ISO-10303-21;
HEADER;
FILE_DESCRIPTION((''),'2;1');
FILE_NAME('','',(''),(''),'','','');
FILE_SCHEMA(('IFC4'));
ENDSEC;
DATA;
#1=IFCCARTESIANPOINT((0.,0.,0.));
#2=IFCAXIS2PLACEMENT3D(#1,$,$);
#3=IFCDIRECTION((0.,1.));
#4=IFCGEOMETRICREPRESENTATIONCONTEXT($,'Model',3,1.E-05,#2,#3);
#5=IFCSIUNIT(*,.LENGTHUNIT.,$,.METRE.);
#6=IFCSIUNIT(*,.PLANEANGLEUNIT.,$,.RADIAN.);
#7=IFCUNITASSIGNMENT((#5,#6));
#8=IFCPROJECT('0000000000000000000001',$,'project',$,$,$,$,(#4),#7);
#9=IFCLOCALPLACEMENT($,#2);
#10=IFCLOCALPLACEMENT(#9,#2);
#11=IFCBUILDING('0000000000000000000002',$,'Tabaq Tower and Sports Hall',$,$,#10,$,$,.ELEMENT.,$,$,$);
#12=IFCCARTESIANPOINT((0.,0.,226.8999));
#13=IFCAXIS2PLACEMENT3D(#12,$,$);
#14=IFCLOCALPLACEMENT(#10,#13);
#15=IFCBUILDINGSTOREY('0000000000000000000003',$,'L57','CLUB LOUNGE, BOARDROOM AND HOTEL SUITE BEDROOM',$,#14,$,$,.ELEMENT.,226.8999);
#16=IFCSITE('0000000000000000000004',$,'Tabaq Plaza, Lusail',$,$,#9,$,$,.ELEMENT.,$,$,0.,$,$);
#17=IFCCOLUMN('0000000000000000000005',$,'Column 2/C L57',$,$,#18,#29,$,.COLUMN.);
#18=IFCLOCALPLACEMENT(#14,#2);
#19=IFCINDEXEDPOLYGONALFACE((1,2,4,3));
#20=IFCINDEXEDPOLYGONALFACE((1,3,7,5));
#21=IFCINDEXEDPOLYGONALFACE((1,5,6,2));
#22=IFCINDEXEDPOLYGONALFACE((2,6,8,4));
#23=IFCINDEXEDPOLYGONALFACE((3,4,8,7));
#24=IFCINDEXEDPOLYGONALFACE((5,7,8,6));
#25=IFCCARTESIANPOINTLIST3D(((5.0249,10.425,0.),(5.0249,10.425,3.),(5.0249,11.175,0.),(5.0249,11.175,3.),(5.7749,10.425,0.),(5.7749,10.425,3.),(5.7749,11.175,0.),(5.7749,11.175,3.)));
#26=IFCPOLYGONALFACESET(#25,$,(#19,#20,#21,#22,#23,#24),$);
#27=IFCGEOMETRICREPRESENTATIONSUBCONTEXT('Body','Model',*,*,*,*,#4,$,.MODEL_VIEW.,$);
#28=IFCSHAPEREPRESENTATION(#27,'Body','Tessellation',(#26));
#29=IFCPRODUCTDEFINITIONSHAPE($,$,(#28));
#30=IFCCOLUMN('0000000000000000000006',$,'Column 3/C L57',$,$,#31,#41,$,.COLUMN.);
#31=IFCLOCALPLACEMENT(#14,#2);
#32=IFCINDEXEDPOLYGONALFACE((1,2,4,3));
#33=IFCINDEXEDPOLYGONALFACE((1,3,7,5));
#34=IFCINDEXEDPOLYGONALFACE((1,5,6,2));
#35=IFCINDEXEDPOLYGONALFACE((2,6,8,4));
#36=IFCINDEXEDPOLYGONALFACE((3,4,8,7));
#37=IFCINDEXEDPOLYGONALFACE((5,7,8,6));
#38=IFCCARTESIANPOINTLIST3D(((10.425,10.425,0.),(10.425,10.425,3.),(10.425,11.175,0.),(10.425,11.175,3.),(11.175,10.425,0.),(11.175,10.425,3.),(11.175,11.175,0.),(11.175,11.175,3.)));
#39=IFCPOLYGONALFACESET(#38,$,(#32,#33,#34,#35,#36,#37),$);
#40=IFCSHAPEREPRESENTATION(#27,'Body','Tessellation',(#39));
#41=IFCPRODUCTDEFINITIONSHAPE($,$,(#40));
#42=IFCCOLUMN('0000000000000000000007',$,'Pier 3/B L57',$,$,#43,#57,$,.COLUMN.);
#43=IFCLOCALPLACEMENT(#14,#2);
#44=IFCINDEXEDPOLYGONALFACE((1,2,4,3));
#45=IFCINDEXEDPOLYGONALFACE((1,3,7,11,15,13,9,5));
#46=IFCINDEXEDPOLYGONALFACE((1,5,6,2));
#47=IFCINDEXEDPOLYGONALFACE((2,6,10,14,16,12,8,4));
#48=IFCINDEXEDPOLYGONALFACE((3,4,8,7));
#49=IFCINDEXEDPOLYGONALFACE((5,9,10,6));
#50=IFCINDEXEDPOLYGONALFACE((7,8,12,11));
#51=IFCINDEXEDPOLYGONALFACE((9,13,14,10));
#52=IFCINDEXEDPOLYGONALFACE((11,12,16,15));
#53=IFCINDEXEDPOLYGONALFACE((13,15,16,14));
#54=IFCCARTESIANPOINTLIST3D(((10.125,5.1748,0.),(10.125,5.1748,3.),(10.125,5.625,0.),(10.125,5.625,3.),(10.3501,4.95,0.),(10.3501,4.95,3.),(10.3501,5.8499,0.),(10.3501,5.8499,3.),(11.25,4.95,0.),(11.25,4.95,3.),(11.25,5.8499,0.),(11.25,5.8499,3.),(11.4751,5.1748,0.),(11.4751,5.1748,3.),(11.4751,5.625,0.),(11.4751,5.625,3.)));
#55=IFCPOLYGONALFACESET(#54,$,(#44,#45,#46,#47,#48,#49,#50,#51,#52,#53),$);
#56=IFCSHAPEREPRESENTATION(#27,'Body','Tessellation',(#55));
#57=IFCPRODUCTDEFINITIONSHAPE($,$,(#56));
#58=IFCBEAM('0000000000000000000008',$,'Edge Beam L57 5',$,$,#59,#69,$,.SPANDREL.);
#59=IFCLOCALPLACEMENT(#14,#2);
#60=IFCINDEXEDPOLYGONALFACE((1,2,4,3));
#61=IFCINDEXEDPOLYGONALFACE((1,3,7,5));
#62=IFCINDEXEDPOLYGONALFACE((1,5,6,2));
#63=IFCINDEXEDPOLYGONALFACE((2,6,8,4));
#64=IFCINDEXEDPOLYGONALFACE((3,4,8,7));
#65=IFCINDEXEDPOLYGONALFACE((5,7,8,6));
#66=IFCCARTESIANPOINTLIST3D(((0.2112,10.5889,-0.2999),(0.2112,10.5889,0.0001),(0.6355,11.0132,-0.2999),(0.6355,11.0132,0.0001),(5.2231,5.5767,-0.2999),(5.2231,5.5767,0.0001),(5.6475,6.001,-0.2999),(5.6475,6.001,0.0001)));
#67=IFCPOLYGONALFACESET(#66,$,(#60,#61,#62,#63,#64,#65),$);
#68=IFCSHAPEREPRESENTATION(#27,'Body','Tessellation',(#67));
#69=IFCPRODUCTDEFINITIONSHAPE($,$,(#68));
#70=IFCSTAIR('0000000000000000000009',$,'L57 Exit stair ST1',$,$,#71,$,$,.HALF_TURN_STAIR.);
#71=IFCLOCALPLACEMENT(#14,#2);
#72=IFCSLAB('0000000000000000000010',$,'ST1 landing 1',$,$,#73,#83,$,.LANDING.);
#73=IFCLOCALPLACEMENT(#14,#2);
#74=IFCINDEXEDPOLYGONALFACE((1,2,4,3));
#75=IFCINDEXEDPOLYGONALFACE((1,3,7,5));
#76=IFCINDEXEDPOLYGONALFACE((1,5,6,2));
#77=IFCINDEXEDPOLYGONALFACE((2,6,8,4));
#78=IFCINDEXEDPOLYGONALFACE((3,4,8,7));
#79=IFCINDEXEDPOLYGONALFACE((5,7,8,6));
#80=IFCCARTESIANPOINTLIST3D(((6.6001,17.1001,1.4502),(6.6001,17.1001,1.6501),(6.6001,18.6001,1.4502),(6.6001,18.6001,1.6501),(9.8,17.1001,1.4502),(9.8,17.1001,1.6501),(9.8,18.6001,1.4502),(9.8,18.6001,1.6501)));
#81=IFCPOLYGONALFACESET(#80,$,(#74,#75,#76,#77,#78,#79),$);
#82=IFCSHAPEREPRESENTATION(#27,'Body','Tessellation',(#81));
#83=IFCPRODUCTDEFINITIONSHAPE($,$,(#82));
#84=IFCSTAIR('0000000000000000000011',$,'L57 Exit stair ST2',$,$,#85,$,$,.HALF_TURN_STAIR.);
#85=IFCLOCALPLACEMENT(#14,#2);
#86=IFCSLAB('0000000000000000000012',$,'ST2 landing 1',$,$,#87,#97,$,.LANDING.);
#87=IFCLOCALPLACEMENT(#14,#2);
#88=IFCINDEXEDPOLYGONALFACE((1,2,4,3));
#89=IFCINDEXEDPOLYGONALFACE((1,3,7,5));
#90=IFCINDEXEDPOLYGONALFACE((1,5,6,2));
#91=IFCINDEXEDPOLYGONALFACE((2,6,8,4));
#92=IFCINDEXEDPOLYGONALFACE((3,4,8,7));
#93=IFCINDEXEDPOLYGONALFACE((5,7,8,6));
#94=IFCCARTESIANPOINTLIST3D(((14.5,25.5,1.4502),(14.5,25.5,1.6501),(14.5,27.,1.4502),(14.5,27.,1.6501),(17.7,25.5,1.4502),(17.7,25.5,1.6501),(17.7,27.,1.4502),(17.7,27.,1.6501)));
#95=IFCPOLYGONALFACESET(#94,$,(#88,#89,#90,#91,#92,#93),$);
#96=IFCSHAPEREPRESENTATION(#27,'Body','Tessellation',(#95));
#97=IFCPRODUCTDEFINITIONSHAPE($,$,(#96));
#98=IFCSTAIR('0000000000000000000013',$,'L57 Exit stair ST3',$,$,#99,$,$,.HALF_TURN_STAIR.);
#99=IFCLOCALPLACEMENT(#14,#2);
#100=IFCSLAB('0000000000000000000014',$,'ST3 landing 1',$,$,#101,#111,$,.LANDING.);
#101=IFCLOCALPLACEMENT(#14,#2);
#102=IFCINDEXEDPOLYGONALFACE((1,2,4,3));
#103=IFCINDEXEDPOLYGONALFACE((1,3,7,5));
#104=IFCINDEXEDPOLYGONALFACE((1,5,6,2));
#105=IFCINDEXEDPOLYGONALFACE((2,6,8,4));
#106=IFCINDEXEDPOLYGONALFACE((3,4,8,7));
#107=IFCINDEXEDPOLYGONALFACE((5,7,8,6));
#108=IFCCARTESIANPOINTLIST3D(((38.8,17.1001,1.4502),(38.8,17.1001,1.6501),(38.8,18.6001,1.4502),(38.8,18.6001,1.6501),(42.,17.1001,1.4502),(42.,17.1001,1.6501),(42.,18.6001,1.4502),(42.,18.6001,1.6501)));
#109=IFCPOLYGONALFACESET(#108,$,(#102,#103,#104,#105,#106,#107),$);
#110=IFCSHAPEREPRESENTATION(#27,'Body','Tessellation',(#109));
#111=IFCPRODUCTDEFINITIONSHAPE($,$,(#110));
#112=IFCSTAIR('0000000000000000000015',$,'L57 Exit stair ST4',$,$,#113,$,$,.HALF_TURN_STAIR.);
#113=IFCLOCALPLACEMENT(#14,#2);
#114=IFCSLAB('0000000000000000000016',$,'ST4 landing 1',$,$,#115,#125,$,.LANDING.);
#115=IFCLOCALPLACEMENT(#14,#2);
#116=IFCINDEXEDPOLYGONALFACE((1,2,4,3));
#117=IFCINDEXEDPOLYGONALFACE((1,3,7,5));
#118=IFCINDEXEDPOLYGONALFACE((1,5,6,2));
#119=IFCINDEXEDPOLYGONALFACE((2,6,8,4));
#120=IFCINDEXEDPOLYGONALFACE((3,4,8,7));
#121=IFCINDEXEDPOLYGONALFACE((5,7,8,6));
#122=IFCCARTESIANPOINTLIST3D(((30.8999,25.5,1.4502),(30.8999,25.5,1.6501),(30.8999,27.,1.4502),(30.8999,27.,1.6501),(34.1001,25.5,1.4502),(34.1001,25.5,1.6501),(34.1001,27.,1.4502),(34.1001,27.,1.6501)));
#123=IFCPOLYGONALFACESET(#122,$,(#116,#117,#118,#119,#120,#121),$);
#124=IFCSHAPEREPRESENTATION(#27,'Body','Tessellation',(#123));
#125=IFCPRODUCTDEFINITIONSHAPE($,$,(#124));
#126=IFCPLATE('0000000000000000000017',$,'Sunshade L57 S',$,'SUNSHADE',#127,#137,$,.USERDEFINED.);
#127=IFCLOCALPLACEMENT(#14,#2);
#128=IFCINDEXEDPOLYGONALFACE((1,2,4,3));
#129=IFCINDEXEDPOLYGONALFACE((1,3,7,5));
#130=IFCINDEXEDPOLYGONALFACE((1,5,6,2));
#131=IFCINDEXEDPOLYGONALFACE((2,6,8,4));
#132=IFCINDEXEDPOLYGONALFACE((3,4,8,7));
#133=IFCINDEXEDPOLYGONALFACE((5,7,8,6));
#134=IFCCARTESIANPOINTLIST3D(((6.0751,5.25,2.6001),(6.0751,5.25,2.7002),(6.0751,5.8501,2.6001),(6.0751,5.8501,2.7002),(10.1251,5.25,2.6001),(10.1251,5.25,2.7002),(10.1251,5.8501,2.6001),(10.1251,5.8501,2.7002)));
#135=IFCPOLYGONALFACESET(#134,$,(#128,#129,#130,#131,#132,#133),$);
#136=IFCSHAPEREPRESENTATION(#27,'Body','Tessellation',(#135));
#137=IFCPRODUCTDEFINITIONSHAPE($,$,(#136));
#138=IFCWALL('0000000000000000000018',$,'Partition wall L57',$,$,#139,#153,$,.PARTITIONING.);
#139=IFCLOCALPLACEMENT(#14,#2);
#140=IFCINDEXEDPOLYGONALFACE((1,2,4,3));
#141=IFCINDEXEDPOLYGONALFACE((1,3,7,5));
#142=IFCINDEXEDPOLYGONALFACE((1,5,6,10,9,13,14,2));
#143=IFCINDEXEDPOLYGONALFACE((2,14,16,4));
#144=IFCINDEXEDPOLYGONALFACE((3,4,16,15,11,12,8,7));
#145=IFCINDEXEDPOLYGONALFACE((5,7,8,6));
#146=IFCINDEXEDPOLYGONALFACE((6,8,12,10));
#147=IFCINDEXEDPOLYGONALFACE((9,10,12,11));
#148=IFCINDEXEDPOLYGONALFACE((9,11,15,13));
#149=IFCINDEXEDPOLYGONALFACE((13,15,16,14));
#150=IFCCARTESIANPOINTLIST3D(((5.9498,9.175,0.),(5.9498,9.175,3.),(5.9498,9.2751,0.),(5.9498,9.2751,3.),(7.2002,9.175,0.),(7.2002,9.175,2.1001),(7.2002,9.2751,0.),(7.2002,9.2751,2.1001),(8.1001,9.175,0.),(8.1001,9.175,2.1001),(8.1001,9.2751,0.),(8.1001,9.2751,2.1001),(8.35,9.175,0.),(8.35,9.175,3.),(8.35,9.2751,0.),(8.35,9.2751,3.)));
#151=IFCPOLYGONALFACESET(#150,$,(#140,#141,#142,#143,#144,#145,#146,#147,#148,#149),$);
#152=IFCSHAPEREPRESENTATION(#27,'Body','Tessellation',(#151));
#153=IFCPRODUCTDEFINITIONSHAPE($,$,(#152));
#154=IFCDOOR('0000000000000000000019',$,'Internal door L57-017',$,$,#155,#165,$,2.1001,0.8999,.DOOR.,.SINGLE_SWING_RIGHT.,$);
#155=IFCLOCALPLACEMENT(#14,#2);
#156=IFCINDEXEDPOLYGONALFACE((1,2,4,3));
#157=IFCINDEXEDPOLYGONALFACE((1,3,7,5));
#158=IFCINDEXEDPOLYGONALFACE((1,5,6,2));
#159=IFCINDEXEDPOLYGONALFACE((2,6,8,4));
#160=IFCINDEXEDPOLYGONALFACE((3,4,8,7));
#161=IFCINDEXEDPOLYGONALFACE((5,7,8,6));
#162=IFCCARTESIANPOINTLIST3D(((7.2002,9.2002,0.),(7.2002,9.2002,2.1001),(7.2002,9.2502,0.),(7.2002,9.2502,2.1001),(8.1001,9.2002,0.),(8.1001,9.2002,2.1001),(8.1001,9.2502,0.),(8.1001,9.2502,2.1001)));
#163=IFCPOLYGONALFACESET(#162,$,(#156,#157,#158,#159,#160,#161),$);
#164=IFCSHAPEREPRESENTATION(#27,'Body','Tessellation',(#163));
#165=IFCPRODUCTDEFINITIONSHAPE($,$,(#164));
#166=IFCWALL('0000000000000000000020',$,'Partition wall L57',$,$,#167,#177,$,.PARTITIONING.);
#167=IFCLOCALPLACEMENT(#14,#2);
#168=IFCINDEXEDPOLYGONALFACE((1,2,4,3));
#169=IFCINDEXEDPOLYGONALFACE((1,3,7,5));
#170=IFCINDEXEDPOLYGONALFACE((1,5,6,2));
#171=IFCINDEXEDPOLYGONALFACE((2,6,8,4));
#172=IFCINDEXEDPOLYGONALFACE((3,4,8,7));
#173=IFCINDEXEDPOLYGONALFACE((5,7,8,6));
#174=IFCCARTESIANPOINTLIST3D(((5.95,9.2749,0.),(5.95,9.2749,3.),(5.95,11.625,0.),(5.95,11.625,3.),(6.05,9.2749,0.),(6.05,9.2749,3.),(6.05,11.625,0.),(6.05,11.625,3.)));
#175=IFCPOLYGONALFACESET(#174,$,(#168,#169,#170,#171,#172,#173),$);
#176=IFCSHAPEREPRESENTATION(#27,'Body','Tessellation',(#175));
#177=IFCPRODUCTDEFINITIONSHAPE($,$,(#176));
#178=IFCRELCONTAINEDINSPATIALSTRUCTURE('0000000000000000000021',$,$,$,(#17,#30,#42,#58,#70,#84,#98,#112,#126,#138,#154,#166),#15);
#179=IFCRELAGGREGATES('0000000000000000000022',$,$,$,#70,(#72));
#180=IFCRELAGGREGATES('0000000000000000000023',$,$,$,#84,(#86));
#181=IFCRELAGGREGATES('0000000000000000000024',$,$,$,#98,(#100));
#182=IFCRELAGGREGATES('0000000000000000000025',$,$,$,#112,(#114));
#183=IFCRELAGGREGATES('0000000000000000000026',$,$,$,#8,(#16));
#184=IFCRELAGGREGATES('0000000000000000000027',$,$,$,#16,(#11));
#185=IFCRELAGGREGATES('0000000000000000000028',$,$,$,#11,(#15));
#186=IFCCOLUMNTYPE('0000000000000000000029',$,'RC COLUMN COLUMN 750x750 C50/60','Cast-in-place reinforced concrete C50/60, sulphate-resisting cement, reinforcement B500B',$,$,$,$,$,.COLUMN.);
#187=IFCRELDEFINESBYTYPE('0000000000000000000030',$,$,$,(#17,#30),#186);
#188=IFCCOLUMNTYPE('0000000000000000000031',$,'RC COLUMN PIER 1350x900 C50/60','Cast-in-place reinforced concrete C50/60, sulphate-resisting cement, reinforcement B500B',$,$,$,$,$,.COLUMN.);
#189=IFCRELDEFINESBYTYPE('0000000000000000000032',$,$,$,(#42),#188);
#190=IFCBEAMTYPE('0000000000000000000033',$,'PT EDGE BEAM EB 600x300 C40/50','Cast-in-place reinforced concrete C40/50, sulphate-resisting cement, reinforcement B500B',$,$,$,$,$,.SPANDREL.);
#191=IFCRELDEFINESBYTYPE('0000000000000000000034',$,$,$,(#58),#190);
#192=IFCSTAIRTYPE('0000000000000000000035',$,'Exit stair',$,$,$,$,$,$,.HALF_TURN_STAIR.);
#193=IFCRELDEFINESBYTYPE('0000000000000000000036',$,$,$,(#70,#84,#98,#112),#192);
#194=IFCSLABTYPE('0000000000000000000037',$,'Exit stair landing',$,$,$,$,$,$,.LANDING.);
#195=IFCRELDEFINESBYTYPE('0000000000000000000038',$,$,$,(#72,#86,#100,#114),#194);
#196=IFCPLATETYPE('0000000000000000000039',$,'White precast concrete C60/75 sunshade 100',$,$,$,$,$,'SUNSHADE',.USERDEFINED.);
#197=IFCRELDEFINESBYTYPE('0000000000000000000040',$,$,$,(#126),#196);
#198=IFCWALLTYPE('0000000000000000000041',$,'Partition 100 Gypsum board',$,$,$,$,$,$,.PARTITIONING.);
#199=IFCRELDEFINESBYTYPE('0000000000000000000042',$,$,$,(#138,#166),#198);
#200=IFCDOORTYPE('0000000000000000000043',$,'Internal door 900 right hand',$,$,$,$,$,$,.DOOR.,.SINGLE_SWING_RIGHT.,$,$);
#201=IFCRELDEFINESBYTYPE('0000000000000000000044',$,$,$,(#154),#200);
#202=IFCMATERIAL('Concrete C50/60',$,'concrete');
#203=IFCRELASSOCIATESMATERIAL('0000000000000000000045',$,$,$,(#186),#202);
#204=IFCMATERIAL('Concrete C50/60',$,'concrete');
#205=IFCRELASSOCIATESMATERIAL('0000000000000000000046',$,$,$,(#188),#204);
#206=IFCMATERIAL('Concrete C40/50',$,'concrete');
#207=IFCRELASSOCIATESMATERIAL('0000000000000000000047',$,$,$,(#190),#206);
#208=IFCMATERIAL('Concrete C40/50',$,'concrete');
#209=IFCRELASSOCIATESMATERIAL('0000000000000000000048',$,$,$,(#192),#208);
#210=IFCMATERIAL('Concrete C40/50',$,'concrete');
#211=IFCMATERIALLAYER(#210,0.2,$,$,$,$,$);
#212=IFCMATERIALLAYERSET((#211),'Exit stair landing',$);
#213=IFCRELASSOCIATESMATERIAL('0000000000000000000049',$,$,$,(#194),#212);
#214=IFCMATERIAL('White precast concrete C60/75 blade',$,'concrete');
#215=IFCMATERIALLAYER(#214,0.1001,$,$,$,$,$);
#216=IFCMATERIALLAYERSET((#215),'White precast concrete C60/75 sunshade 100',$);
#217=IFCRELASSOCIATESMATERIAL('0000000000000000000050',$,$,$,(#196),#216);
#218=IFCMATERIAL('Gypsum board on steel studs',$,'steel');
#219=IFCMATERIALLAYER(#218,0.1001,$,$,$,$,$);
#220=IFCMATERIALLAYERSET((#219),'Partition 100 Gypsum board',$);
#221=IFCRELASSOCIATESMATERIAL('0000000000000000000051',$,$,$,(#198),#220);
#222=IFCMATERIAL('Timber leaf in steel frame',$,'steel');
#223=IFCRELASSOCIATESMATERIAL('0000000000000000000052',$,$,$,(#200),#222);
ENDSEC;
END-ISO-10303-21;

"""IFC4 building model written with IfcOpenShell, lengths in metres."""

from ifc_helpers import new_model, si_unit, direction, frame, frame_2d, origin, origin_2d, place, context, subcontext, project, spatial, polyline, rectangle, outline, extrude, material, layer, layer_set, material_profile, profile_set, type_object, element, fill, aggregate, save


model = new_model("IFC4")

# Units and contexts
model_context = context("Model", 3, precision=1e-05, world=origin(), true_north=direction((0.0, 1.0)))
body_context = subcontext(model_context, "Body", "Model", "MODEL_VIEW")
ifc_project = project(units=[si_unit("LENGTHUNIT", "METRE"), si_unit("PLANEANGLEUNIT", "RADIAN")], contexts=[model_context])

# Site, building, storey
site_placement = place(None, origin())
site = spatial("IfcSite", under=ifc_project, at=site_placement, Name="Tabaq Plaza, Lusail", CompositionType="ELEMENT", RefElevation=0.0)
building_placement = place(site_placement, origin())
building = spatial("IfcBuilding", under=site, at=building_placement, Name="Tabaq Tower and Sports Hall", CompositionType="ELEMENT")
storey_placement = place(building_placement, frame((0.0, 0.0, 226.8999)))
storey = spatial("IfcBuildingStorey", under=building, at=storey_placement, Name="L57", Description="CLUB LOUNGE, BOARDROOM AND HOTEL SUITE BEDROOM", CompositionType="ELEMENT", Elevation=226.8999)

# Columns
ifc_material_1 = material(Name="Concrete C50/60", Category="concrete")
ifc_material_profile_1 = material_profile(ifc_material_1, rectangle(XDim=0.75, YDim=0.75, at=origin_2d()), Name="COLUMN 750x750")
ifc_profile_set_1 = profile_set([ifc_material_profile_1], Name="Concrete C50/60")
column_type_1 = type_object("IfcColumnType", Name="RC COLUMN COLUMN 750x750 C50/60", Description="Cast-in-place reinforced concrete C50/60, sulphate-resisting cement, reinforcement B500B", PredefinedType="COLUMN", material=ifc_profile_set_1)
for number, where, z_axis, x_axis, name in (
    (1, (5.3999, 10.8, 0.0), (0.0, 0.0, 1.0), (1.0, 0.0, 0.0), "Column 2/C L57"),
    (2, (10.8, 10.8, 0.0), (0.0, 0.0, 1.0), (1.0, 0.0, 0.0), "Column 3/C L57"),
):
    element("IfcColumn", number, at=place(storey_placement, frame(where, z_axis=z_axis, x_axis=x_axis)), inside=storey, type_object=column_type_1, Name=name, PredefinedType="COLUMN", context=body_context, shape_type="SweptSolid", body=[
        extrude(rectangle(XDim=0.75, YDim=0.75, at=origin_2d()), origin(), (0.0, 0.0, 1.0), 3.0),
    ])
ifc_material_2 = material(Name="Concrete C50/60", Category="concrete")
ifc_material_profile_2 = material_profile(ifc_material_2, outline(polyline([(-0.45, -0.45), (0.45, -0.45), (0.675, -0.2251), (0.675, 0.2251), (0.45, 0.45), (-0.45, 0.45), (-0.675, 0.2251), (-0.675, -0.2251), (-0.45, -0.45)])), Name="PIER 1350x900")
ifc_profile_set_2 = profile_set([ifc_material_profile_2], Name="Concrete C50/60")
column_type_2 = type_object("IfcColumnType", Name="RC COLUMN PIER 1350x900 C50/60", Description="Cast-in-place reinforced concrete C50/60, sulphate-resisting cement, reinforcement B500B", PredefinedType="COLUMN", material=ifc_profile_set_2)
column_placement = place(storey_placement, frame((10.8, 5.3999, 0.0), z_axis=(0.0, 0.0, 1.0), x_axis=(1.0, 0.0, 0.0)))
element("IfcColumn", 3, at=column_placement, inside=storey, type_object=column_type_2, Name="Pier 3/B L57", PredefinedType="COLUMN", context=body_context, shape_type="SweptSolid", body=[
    extrude(outline(polyline([(-0.45, -0.45), (0.45, -0.45), (0.675, -0.2251), (0.675, 0.2251), (0.45, 0.45), (-0.45, 0.45), (-0.675, 0.2251), (-0.675, -0.2251), (-0.45, -0.45)])), origin(), (0.0, 0.0, 1.0), 3.0),
])

# Beam
ifc_material_3 = material(Name="Concrete C40/50", Category="concrete")
ifc_material_profile_3 = material_profile(ifc_material_3, rectangle(XDim=0.6001, YDim=0.3, at=origin_2d()), Name="EB 600x300")
ifc_profile_set_3 = profile_set([ifc_material_profile_3], Name="Concrete C40/50")
beam_type = type_object("IfcBeamType", Name="PT EDGE BEAM EB 600x300 C40/50", Description="Cast-in-place reinforced concrete C40/50, sulphate-resisting cement, reinforcement B500B", PredefinedType="SPANDREL", material=ifc_profile_set_3)
beam_placement = place(storey_placement, frame((0.4233, 10.801, -0.1499), z_axis=(0.70709, -0.707124, 0.0), x_axis=(0.707124, 0.70709, 0.0)))
element("IfcBeam", 4, at=beam_placement, inside=storey, type_object=beam_type, Name="Edge Beam L57 5", PredefinedType="SPANDREL", context=body_context, shape_type="SweptSolid", body=[
    extrude(rectangle(XDim=0.6001, YDim=0.3, at=origin_2d()), origin(), (0.0, 0.0, 1.0), 7.0881),
])

# Stairs, slabs
ifc_material_4 = material(Name="Concrete C40/50", Category="concrete")
stair_type = type_object("IfcStairType", Name="Exit stair", PredefinedType="HALF_TURN_STAIR", material=ifc_material_4)
stair_1_placement = place(storey_placement, origin())
stair_1 = element("IfcStair", 5, at=stair_1_placement, inside=storey, type_object=stair_type, Name="L57 Exit stair ST1", PredefinedType="HALF_TURN_STAIR")
ifc_material_5 = material(Name="Concrete C40/50", Category="concrete")
ifc_layer_1 = layer(ifc_material_5, 0.2)
ifc_layer_set_1 = layer_set([ifc_layer_1], Name="Exit stair landing")
slab_type = type_object("IfcSlabType", Name="Exit stair landing", PredefinedType="LANDING", material=ifc_layer_set_1)
slab_1_placement = place(storey_placement, frame((0.0, 0.0, 1.4502)))
slab_1 = element("IfcSlab", 6, at=slab_1_placement, type_object=slab_type, Name="ST1 landing 1", PredefinedType="LANDING", context=body_context, shape_type="SweptSolid", body=[
    extrude(outline(polyline([(6.6001, 18.6001), (6.6001, 17.1001), (9.8, 17.1001), (9.8, 18.6001), (6.6001, 18.6001)])), origin(), (0.0, 0.0, 1.0), 0.2),
])
aggregate(stair_1, [slab_1])
stair_2_placement = place(storey_placement, origin())
stair_2 = element("IfcStair", 7, at=stair_2_placement, inside=storey, type_object=stair_type, Name="L57 Exit stair ST2", PredefinedType="HALF_TURN_STAIR")
slab_2_placement = place(storey_placement, frame((0.0, 0.0, 1.4502)))
slab_2 = element("IfcSlab", 8, at=slab_2_placement, type_object=slab_type, Name="ST2 landing 1", PredefinedType="LANDING", context=body_context, shape_type="SweptSolid", body=[
    extrude(outline(polyline([(14.5, 27.0), (14.5, 25.5), (17.7, 25.5), (17.7, 27.0), (14.5, 27.0)])), origin(), (0.0, 0.0, 1.0), 0.2),
])
aggregate(stair_2, [slab_2])
stair_3_placement = place(storey_placement, origin())
stair_3 = element("IfcStair", 9, at=stair_3_placement, inside=storey, type_object=stair_type, Name="L57 Exit stair ST3", PredefinedType="HALF_TURN_STAIR")
slab_3_placement = place(storey_placement, frame((0.0, 0.0, 1.4502)))
slab_3 = element("IfcSlab", 10, at=slab_3_placement, type_object=slab_type, Name="ST3 landing 1", PredefinedType="LANDING", context=body_context, shape_type="SweptSolid", body=[
    extrude(outline(polyline([(38.8, 18.6001), (38.8, 17.1001), (42.0, 17.1001), (42.0, 18.6001), (38.8, 18.6001)])), origin(), (0.0, 0.0, 1.0), 0.2),
])
aggregate(stair_3, [slab_3])
stair_4_placement = place(storey_placement, origin())
stair_4 = element("IfcStair", 11, at=stair_4_placement, inside=storey, type_object=stair_type, Name="L57 Exit stair ST4", PredefinedType="HALF_TURN_STAIR")
slab_4_placement = place(storey_placement, frame((0.0, 0.0, 1.4502)))
slab_4 = element("IfcSlab", 12, at=slab_4_placement, type_object=slab_type, Name="ST4 landing 1", PredefinedType="LANDING", context=body_context, shape_type="SweptSolid", body=[
    extrude(outline(polyline([(30.8999, 27.0), (30.8999, 25.5), (34.1001, 25.5), (34.1001, 27.0), (30.8999, 27.0)])), origin(), (0.0, 0.0, 1.0), 0.2),
])
aggregate(stair_4, [slab_4])

# Plate
ifc_material_6 = material(Name="White precast concrete C60/75 blade", Category="concrete")
ifc_layer_2 = layer(ifc_material_6, 0.1001)
ifc_layer_set_2 = layer_set([ifc_layer_2], Name="White precast concrete C60/75 sunshade 100")
plate_type = type_object("IfcPlateType", Name="White precast concrete C60/75 sunshade 100", ElementType="SUNSHADE", PredefinedType="USERDEFINED", material=ifc_layer_set_2)
plate_placement = place(storey_placement, frame((8.1001, 5.55, 2.6001), z_axis=(0.0, 0.0, 1.0), x_axis=(1.0, 0.0, 0.0)))
element("IfcPlate", 13, at=plate_placement, inside=storey, type_object=plate_type, Name="Sunshade L57 S", ObjectType="SUNSHADE", PredefinedType="USERDEFINED", context=body_context, shape_type="SweptSolid", body=[
    extrude(rectangle(XDim=4.05, YDim=0.6001, at=origin_2d()), origin(), (0.0, 0.0, 1.0), 0.1001),
])

# Wall, opening, door
ifc_material_7 = material(Name="Gypsum board on steel studs", Category="steel")
ifc_layer_3 = layer(ifc_material_7, 0.1001)
ifc_layer_set_3 = layer_set([ifc_layer_3], Name="Partition 100 Gypsum board")
wall_type_1 = type_object("IfcWallType", Name="Partition 100 Gypsum board", PredefinedType="PARTITIONING", material=ifc_layer_set_3)
wall_1_placement = place(storey_placement, frame((8.3501, 9.2251, 0.0), z_axis=(0.0, 0.0, 1.0), x_axis=(-1.0, 0.0, 0.0)))
wall_1 = element("IfcWall", 14, at=wall_1_placement, inside=storey, type_object=wall_type_1, Name="Partition wall L57", PredefinedType="PARTITIONING", context=body_context, shape_type="SweptSolid", body=[
    extrude(rectangle(XDim=2.4001, YDim=0.1001, at=frame_2d((1.2002, 0.0))), origin(), (0.0, 0.0, 1.0), 3.0),
])
opening_1_placement = place(wall_1_placement, frame((0.25, 0.0, 0.0)))
opening_1 = element("IfcOpeningElement", 15, at=opening_1_placement, cuts=wall_1, PredefinedType="OPENING", context=body_context, shape_type="SweptSolid", body=[
    extrude(rectangle(XDim=0.8999, YDim=2.1001, at=frame_2d((0.45, 1.05))), frame((0.0, 0.05, 0.0), z_axis=(0.0, -1.0, 0.0), x_axis=(1.0, 0.0, 0.0)), (0.0, 0.0, 1.0), 0.1001),
])
ifc_material_8 = material(Name="Timber leaf in steel frame", Category="steel")
door_type_1 = type_object("IfcDoorType", Name="Internal door 900 right hand", OperationType="SINGLE_SWING_RIGHT", PredefinedType="DOOR", material=ifc_material_8)
door_1_placement = place(opening_1_placement, origin())
door_1 = element("IfcDoor", 16, at=door_1_placement, inside=storey, type_object=door_type_1, Name="Internal door L57-017", OperationType="SINGLE_SWING_RIGHT", OverallHeight=2.1001, OverallWidth=0.8999, PredefinedType="DOOR", context=body_context, shape_type="SweptSolid", body=[
    extrude(rectangle(XDim=0.8999, YDim=2.1001, at=frame_2d((0.45, 1.05))), frame((0.0, 0.0249, 0.0), z_axis=(0.0, -1.0, 0.0), x_axis=(1.0, 0.0, 0.0)), (0.0, 0.0, 1.0), 0.05),
])
fill(opening_1, door_1)

# Wall
wall_2_placement = place(storey_placement, frame((6.0, 9.2749, 0.0), z_axis=(0.0, 0.0, 1.0), x_axis=(0.0, 1.0, 0.0)))
element("IfcWall", 17, at=wall_2_placement, inside=storey, type_object=wall_type_1, Name="Partition wall L57", PredefinedType="PARTITIONING", context=body_context, shape_type="SweptSolid", body=[
    extrude(rectangle(XDim=2.3501, YDim=0.1001, at=frame_2d((1.175, 0.0))), origin(), (0.0, 0.0, 1.0), 3.0),
])

save(model, "model.ifc")
